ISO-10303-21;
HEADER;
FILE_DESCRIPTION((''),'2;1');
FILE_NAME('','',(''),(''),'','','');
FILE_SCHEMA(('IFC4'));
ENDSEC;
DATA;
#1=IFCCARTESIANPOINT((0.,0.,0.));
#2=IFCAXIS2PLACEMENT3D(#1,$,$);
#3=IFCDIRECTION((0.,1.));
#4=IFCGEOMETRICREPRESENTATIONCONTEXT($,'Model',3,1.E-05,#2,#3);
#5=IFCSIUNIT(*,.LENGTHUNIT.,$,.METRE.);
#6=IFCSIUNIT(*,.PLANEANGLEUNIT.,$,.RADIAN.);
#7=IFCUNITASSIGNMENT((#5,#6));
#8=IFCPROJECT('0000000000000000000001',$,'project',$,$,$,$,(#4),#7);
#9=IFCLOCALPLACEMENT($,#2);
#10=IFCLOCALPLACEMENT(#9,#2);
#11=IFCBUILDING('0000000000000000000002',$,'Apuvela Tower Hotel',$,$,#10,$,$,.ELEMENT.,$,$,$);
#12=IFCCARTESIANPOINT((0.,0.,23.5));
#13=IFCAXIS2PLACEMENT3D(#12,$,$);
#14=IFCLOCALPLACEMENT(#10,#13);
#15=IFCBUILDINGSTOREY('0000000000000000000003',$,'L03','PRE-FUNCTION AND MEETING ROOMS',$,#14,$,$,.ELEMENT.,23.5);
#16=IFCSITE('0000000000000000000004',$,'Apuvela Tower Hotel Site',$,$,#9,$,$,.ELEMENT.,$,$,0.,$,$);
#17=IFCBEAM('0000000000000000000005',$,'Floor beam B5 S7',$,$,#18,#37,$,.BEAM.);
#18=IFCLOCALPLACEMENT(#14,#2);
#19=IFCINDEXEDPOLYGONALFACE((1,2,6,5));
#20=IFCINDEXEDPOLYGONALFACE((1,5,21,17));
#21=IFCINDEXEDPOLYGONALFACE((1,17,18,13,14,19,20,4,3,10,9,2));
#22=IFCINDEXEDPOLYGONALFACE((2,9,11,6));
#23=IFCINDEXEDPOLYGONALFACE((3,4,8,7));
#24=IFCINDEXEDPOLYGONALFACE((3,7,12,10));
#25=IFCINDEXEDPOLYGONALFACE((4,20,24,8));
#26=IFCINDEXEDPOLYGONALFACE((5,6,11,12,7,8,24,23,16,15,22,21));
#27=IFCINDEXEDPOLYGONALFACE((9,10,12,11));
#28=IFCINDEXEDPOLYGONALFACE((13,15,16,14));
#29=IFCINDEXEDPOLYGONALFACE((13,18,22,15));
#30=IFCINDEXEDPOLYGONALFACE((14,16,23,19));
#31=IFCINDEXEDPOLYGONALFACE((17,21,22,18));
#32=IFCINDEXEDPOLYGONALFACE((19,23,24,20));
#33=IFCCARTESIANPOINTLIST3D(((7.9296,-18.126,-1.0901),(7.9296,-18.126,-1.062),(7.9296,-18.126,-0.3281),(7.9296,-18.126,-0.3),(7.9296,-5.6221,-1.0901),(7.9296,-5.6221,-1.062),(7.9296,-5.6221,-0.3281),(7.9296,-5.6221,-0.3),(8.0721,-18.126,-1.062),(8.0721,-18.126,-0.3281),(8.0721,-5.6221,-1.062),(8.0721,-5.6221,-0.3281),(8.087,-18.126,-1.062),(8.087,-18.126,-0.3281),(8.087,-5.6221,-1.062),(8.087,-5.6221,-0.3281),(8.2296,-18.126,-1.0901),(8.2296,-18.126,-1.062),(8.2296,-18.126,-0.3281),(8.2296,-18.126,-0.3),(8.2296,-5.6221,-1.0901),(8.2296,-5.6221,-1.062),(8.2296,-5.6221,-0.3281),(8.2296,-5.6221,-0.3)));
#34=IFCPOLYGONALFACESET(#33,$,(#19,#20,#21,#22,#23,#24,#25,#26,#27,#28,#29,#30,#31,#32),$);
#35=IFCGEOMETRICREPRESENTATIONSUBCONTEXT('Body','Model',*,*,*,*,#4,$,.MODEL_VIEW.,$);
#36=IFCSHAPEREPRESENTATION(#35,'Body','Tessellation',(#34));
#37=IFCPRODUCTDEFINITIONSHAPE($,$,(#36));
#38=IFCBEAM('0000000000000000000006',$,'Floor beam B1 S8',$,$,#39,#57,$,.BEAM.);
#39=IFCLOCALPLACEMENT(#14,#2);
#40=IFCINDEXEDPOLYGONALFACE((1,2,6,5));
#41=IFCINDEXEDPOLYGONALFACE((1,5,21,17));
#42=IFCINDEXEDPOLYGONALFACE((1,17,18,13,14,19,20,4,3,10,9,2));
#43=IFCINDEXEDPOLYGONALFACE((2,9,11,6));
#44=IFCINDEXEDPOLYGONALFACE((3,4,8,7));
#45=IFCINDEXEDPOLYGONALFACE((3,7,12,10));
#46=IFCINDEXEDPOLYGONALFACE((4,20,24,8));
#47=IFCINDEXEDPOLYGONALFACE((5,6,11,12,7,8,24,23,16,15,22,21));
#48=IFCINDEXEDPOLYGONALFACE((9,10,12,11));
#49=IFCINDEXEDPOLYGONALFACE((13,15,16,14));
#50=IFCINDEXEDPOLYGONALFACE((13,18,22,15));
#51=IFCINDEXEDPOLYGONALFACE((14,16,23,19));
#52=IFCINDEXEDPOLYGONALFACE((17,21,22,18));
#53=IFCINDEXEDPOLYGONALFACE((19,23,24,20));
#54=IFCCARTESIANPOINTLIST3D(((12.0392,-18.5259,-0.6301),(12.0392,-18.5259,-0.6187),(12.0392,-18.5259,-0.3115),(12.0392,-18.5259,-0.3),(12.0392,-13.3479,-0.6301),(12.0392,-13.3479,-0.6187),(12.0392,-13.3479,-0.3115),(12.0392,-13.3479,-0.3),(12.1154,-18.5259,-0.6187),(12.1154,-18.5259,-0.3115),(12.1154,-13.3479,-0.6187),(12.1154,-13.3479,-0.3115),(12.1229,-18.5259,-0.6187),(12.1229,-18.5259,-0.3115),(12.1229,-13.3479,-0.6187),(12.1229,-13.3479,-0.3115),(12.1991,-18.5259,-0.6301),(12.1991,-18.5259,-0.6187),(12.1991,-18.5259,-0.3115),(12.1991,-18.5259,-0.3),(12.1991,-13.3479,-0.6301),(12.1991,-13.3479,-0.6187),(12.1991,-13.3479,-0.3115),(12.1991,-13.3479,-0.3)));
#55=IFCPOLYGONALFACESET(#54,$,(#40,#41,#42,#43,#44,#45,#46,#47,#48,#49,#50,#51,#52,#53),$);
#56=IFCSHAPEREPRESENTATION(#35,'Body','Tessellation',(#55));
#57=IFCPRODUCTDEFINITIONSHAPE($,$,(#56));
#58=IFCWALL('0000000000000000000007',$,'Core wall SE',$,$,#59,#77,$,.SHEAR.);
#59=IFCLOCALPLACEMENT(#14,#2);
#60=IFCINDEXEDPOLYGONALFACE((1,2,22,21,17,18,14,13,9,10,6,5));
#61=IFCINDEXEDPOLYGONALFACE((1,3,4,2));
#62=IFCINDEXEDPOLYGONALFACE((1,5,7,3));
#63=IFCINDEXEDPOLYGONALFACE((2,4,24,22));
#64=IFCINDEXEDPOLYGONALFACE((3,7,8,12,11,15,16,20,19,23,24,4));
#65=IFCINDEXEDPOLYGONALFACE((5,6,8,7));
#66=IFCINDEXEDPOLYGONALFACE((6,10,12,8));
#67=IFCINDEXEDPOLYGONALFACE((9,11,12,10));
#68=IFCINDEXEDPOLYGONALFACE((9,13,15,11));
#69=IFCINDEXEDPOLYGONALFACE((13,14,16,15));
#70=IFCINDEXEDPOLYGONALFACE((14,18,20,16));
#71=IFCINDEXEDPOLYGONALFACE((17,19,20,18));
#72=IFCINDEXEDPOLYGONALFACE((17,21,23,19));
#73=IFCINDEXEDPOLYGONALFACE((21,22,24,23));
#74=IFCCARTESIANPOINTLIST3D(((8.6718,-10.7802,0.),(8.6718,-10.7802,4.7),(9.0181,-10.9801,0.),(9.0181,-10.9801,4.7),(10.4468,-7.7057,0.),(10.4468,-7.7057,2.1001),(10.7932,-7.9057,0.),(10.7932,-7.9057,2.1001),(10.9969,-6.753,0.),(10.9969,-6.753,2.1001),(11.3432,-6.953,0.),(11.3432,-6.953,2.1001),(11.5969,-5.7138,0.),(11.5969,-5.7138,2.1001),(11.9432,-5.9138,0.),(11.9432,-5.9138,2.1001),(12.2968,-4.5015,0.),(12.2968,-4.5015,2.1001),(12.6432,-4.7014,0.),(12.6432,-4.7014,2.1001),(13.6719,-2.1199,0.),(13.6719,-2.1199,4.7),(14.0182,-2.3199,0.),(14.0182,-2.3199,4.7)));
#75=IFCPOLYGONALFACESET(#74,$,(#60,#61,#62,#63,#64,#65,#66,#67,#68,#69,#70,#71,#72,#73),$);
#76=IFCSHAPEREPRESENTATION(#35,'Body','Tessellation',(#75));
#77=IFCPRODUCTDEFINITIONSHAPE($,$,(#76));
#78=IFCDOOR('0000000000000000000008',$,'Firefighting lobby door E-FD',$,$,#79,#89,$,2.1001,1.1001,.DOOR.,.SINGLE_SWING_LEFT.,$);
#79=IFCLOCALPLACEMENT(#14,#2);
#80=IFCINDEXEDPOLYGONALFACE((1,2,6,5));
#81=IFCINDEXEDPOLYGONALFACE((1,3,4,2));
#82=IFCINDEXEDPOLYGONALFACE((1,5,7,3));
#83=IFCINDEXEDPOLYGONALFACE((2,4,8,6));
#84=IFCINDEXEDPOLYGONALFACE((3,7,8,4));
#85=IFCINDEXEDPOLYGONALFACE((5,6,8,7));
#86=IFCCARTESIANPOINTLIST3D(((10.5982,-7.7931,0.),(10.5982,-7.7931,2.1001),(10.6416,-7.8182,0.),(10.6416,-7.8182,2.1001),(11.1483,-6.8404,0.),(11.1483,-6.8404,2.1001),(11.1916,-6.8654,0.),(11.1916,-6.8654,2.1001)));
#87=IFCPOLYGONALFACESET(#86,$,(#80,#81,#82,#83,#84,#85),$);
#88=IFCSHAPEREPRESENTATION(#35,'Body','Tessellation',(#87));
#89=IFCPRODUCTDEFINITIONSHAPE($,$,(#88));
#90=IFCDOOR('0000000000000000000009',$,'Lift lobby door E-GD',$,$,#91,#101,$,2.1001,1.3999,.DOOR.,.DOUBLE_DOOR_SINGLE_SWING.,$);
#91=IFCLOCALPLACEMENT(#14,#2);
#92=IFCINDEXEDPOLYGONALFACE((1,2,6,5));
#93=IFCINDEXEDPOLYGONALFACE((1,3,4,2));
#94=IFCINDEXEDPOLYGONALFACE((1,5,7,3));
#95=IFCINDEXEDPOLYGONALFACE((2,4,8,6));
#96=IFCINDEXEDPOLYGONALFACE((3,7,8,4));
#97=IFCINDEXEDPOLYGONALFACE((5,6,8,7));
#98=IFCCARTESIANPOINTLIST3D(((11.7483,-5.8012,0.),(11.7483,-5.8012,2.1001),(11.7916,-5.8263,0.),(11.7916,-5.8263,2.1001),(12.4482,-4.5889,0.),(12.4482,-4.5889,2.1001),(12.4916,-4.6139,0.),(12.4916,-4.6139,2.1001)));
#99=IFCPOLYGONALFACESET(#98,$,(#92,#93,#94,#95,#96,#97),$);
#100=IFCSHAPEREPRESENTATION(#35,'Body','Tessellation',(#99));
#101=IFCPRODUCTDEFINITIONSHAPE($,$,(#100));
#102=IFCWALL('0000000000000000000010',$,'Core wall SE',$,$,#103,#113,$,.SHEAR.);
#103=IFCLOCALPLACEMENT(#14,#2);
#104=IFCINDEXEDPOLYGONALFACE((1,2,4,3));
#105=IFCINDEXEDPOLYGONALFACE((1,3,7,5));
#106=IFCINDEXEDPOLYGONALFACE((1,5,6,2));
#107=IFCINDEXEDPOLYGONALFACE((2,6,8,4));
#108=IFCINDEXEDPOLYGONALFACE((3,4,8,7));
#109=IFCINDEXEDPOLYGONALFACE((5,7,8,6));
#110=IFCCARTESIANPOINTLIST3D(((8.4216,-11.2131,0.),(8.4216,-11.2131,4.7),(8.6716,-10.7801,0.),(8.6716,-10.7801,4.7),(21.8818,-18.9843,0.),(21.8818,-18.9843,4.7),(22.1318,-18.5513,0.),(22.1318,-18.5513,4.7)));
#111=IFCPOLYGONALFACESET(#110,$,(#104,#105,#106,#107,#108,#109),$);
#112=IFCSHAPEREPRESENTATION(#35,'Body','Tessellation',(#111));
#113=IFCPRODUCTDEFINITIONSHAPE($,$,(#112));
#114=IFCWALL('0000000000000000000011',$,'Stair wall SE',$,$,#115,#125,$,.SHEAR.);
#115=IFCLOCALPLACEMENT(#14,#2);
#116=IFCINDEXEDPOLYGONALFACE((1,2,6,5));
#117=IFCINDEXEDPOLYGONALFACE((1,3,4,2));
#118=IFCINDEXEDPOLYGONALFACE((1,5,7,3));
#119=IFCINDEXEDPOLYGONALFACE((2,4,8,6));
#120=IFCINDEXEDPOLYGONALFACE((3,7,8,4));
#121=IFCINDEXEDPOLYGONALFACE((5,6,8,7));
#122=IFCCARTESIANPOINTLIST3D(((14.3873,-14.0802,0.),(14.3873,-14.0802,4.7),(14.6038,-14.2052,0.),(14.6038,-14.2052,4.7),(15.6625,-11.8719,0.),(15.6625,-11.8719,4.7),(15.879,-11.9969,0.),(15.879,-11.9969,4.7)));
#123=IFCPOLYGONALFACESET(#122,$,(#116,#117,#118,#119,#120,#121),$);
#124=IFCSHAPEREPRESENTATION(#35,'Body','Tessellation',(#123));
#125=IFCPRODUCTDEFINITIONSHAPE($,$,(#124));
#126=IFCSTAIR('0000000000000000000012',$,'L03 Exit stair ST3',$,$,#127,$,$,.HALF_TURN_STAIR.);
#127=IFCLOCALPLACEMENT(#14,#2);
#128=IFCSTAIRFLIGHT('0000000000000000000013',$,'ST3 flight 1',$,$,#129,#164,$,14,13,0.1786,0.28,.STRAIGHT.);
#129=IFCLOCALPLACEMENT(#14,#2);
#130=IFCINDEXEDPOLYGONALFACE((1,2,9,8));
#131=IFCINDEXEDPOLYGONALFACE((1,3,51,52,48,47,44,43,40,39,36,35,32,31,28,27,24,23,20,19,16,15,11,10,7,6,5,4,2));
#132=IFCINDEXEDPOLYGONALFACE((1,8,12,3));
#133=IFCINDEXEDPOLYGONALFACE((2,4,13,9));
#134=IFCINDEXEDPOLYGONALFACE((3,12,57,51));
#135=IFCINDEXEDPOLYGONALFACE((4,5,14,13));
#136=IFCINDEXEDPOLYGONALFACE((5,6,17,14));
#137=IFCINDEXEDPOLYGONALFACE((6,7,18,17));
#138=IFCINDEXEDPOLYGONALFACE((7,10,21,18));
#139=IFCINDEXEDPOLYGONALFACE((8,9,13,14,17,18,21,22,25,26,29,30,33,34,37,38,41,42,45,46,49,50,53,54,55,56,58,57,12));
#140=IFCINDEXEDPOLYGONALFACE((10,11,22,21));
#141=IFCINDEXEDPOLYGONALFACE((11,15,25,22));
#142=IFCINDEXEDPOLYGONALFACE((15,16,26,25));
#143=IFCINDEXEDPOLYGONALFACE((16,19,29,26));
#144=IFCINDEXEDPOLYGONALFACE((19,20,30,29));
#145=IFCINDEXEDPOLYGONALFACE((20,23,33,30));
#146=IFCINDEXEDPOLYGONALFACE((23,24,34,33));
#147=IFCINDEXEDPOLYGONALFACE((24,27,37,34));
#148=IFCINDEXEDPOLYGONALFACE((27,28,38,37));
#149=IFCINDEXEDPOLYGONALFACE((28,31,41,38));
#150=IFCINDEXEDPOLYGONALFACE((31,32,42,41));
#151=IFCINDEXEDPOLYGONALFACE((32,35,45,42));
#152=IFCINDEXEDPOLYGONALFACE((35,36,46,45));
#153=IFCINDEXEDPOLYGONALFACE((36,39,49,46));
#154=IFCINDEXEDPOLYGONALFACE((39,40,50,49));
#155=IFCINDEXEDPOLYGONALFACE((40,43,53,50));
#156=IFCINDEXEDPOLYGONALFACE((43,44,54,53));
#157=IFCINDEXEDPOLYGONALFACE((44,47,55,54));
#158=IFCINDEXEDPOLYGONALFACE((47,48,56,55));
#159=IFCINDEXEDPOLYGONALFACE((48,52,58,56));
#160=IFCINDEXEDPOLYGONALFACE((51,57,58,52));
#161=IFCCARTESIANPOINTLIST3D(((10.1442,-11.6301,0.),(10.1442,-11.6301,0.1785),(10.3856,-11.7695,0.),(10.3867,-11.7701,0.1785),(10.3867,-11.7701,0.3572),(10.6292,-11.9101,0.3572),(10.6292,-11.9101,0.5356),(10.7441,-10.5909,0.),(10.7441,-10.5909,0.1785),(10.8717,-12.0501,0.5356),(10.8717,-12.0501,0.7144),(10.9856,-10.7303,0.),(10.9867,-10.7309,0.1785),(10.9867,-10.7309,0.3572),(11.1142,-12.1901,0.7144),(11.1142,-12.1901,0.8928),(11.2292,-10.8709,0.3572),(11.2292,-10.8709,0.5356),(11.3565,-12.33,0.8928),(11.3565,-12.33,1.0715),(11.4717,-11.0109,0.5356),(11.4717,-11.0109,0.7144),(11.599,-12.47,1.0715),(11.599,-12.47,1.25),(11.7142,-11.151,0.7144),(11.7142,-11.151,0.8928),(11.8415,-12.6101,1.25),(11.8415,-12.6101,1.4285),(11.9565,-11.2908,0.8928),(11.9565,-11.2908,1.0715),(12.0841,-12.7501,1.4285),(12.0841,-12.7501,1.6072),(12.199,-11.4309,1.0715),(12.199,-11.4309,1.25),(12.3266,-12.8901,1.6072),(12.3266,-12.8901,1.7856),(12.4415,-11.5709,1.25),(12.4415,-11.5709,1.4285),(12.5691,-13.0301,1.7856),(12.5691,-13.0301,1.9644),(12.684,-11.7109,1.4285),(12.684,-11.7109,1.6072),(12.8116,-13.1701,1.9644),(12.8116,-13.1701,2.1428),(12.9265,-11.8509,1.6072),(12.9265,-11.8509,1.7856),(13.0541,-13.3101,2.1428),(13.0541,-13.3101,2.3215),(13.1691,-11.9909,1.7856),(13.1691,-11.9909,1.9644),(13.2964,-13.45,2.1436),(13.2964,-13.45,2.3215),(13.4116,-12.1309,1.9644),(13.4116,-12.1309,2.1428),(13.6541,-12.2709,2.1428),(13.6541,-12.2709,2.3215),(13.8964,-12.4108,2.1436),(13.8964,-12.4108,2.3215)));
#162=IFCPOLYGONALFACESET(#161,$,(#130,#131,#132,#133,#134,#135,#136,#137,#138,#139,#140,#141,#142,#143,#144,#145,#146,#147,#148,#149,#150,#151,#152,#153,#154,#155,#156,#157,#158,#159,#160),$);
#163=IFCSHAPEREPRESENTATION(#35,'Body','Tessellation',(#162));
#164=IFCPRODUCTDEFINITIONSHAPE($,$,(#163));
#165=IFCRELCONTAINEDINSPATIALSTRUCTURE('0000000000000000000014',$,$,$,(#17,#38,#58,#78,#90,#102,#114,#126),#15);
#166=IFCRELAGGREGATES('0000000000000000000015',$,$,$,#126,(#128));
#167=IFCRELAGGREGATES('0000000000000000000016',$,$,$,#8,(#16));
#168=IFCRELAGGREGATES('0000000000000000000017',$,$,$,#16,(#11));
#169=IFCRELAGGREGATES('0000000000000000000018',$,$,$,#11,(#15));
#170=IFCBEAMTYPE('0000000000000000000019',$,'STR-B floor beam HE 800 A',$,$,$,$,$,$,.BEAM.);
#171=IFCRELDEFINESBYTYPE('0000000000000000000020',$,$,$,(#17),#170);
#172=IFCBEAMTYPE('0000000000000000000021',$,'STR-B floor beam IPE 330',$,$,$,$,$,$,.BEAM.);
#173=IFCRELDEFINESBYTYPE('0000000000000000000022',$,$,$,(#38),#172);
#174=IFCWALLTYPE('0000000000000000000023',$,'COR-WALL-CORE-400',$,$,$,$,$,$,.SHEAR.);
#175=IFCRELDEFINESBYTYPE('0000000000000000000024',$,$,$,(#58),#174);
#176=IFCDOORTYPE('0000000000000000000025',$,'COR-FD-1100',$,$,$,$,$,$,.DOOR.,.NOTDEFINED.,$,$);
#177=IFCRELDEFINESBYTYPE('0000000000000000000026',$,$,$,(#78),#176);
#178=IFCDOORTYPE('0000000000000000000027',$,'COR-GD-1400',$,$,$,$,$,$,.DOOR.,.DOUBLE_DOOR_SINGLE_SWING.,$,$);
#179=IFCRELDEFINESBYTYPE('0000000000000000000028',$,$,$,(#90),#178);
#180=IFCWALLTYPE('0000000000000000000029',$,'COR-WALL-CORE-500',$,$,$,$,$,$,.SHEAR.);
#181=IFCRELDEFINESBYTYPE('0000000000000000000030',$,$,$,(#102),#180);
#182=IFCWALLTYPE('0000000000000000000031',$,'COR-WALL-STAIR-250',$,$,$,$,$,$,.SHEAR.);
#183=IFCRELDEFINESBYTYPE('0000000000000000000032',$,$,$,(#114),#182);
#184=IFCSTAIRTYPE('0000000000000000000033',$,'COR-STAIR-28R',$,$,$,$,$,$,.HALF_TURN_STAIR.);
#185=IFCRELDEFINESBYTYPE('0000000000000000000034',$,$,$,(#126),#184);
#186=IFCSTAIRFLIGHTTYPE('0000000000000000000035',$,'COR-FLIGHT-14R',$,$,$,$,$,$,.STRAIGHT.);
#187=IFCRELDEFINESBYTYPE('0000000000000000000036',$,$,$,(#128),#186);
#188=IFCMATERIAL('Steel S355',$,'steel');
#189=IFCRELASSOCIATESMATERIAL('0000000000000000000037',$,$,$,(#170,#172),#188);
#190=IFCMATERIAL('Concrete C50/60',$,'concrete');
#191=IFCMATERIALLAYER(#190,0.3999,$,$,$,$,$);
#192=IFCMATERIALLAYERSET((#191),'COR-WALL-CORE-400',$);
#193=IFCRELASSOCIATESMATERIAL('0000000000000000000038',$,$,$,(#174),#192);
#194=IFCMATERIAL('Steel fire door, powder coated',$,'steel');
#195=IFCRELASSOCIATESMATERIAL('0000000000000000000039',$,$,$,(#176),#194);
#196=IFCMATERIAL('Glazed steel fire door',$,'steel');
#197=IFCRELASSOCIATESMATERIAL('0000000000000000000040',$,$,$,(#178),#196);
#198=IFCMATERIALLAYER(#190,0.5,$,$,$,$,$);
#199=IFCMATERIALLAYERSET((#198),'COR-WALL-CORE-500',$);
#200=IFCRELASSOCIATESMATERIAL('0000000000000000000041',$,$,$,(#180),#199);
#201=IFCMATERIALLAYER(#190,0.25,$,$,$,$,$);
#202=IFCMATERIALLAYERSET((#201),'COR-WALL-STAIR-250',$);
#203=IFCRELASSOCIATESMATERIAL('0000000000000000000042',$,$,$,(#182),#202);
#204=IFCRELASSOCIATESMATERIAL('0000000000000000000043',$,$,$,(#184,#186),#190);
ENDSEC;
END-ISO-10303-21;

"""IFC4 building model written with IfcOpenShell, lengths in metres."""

from ifc_helpers import new_model, si_unit, direction, frame, frame_2d, origin, origin_2d, place, context, subcontext, project, spatial, polyline, rectangle, i_section, outline, extrude, material, layer, layer_set, material_profile, profile_set, type_object, element, fill, aggregate, save


model = new_model("IFC4")

# Units and contexts
model_context = context("Model", 3, precision=1e-05, world=origin(), true_north=direction((0.0, 1.0)))
body_context = subcontext(model_context, "Body", "Model", "MODEL_VIEW")
ifc_project = project(units=[si_unit("LENGTHUNIT", "METRE"), si_unit("PLANEANGLEUNIT", "RADIAN")], contexts=[model_context])

# Site, building, storey
site_placement = place(None, origin())
site = spatial("IfcSite", under=ifc_project, at=site_placement, Name="Apuvela Tower Hotel Site", CompositionType="ELEMENT", RefElevation=0.0)
building_placement = place(site_placement, origin())
building = spatial("IfcBuilding", under=site, at=building_placement, Name="Apuvela Tower Hotel", CompositionType="ELEMENT")
storey_placement = place(building_placement, frame((0.0, 0.0, 23.5)))
storey = spatial("IfcBuildingStorey", under=building, at=storey_placement, Name="L03", Description="PRE-FUNCTION AND MEETING ROOMS", CompositionType="ELEMENT", Elevation=23.5)

# Beams
ifc_material_1 = material(Name="Steel S355", Category="steel")
ifc_material_profile_1 = material_profile(ifc_material_1, i_section(OverallWidth=0.3, OverallDepth=0.79, WebThickness=0.0149, FlangeThickness=0.0281, at=origin_2d()), Name="HE 800 A")
ifc_profile_set_1 = profile_set([ifc_material_profile_1], Name="Steel S355")
beam_type_1 = type_object("IfcBeamType", Name="STR-B floor beam HE 800 A", PredefinedType="BEAM", material=ifc_profile_set_1)
beam_1_placement = place(storey_placement, frame((8.0796, -18.126, -0.6951), z_axis=(0.0, 1.0, 0.0), x_axis=(-1.0, 0.0, 0.0)))
element("IfcBeam", 1, at=beam_1_placement, inside=storey, type_object=beam_type_1, Name="Floor beam B5 S7", PredefinedType="BEAM", context=body_context, shape_type="SweptSolid", body=[
    extrude(i_section(OverallWidth=0.3, OverallDepth=0.79, WebThickness=0.0149, FlangeThickness=0.0281, at=origin_2d()), origin(), (0.0, 0.0, 1.0), 12.5039),
])
ifc_material_profile_2 = material_profile(ifc_material_1, i_section(OverallWidth=0.1599, OverallDepth=0.3301, WebThickness=0.0076, FlangeThickness=0.0115, at=origin_2d()), Name="IPE 330")
ifc_profile_set_2 = profile_set([ifc_material_profile_2], Name="Steel S355")
beam_type_2 = type_object("IfcBeamType", Name="STR-B floor beam IPE 330", PredefinedType="BEAM", material=ifc_profile_set_2)
beam_2_placement = place(storey_placement, frame((12.1191, -18.5259, -0.4651), z_axis=(0.0, 1.0, 0.0), x_axis=(-1.0, 0.0, 0.0)))
element("IfcBeam", 2, at=beam_2_placement, inside=storey, type_object=beam_type_2, Name="Floor beam B1 S8", PredefinedType="BEAM", context=body_context, shape_type="SweptSolid", body=[
    extrude(i_section(OverallWidth=0.1599, OverallDepth=0.3301, WebThickness=0.0076, FlangeThickness=0.0115, at=origin_2d()), origin(), (0.0, 0.0, 1.0), 5.178),
])

# Wall, openings, doors
ifc_material_2 = material(Name="Concrete C50/60", Category="concrete")
ifc_layer_1 = layer(ifc_material_2, 0.3999)
ifc_layer_set_1 = layer_set([ifc_layer_1], Name="COR-WALL-CORE-400")
wall_type_1 = type_object("IfcWallType", Name="COR-WALL-CORE-400", PredefinedType="SHEAR", material=ifc_layer_set_1)
wall_1_placement = place(storey_placement, frame((8.845, -10.8801, 0.0), z_axis=(0.0, 0.0, 1.0), x_axis=(0.500004, 0.866023, 0.0)))
wall_1 = element("IfcWall", 3, at=wall_1_placement, inside=storey, type_object=wall_type_1, Name="Core wall SE", PredefinedType="SHEAR", context=body_context, shape_type="SweptSolid", body=[
    extrude(rectangle(XDim=10.0, YDim=0.3999, at=frame_2d((5.0, 0.0))), origin(), (0.0, 0.0, 1.0), 4.7),
])
opening_1_placement = place(wall_1_placement, frame((3.55, 0.0, 0.0)))
opening_1 = element("IfcOpeningElement", 4, at=opening_1_placement, cuts=wall_1, PredefinedType="OPENING", context=body_context, shape_type="SweptSolid", body=[
    extrude(rectangle(XDim=1.1001, YDim=2.1001, at=frame_2d((0.55, 1.05))), frame((0.0, 0.21, 0.0), z_axis=(0.0, -1.0, 0.0), x_axis=(1.0, 0.0, 0.0)), (0.0, 0.0, 1.0), 0.4199),
])
opening_2_placement = place(wall_1_placement, frame((5.8501, 0.0, 0.0)))
opening_2 = element("IfcOpeningElement", 5, at=opening_2_placement, cuts=wall_1, PredefinedType="OPENING", context=body_context, shape_type="SweptSolid", body=[
    extrude(rectangle(XDim=1.3999, YDim=2.1001, at=frame_2d((0.7, 1.05))), frame((0.0, 0.21, 0.0), z_axis=(0.0, -1.0, 0.0), x_axis=(1.0, 0.0, 0.0)), (0.0, 0.0, 1.0), 0.4199),
])
ifc_material_3 = material(Name="Steel fire door, powder coated", Category="steel")
door_type_1 = type_object("IfcDoorType", Name="COR-FD-1100", OperationType="NOTDEFINED", PredefinedType="DOOR", material=ifc_material_3)
door_1_placement = place(opening_1_placement, frame((1.1001, 0.0, 0.0), z_axis=(0.0, 0.0, 1.0), x_axis=(-1.0, 0.0, 0.0)))
door_1 = element("IfcDoor", 6, at=door_1_placement, inside=storey, type_object=door_type_1, Name="Firefighting lobby door E-FD", OperationType="SINGLE_SWING_LEFT", OverallHeight=2.1001, OverallWidth=1.1001, PredefinedType="DOOR", context=body_context, shape_type="SweptSolid", body=[
    extrude(rectangle(XDim=1.1001, YDim=2.1001, at=frame_2d((0.55, 1.05))), frame((0.0, 0.0249, 0.0), z_axis=(0.0, -1.0, 0.0), x_axis=(1.0, 0.0, 0.0)), (0.0, 0.0, 1.0), 0.05),
])
fill(opening_1, door_1)
ifc_material_4 = material(Name="Glazed steel fire door", Category="steel")
door_type_2 = type_object("IfcDoorType", Name="COR-GD-1400", OperationType="DOUBLE_DOOR_SINGLE_SWING", PredefinedType="DOOR", material=ifc_material_4)
door_2_placement = place(opening_2_placement, frame((1.3999, 0.0, 0.0), z_axis=(0.0, 0.0, 1.0), x_axis=(-1.0, 0.0, 0.0)))
door_2 = element("IfcDoor", 7, at=door_2_placement, inside=storey, type_object=door_type_2, Name="Lift lobby door E-GD", OperationType="DOUBLE_DOOR_SINGLE_SWING", OverallHeight=2.1001, OverallWidth=1.3999, PredefinedType="DOOR", context=body_context, shape_type="SweptSolid", body=[
    extrude(rectangle(XDim=1.3999, YDim=2.1001, at=frame_2d((0.7, 1.05))), frame((0.0, 0.0249, 0.0), z_axis=(0.0, -1.0, 0.0), x_axis=(1.0, 0.0, 0.0)), (0.0, 0.0, 1.0), 0.05),
])
fill(opening_2, door_2)

# Walls
ifc_layer_2 = layer(ifc_material_2, 0.5)
ifc_layer_set_2 = layer_set([ifc_layer_2], Name="COR-WALL-CORE-500")
wall_type_2 = type_object("IfcWallType", Name="COR-WALL-CORE-500", PredefinedType="SHEAR", material=ifc_layer_set_2)
wall_2_placement = place(storey_placement, frame((8.5466, -10.9966, 0.0), z_axis=(0.0, 0.0, 1.0), x_axis=(0.866026, -0.499999, 0.0)))
element("IfcWall", 8, at=wall_2_placement, inside=storey, type_object=wall_type_2, Name="Core wall SE", PredefinedType="SHEAR", context=body_context, shape_type="SweptSolid", body=[
    extrude(rectangle(XDim=15.5425, YDim=0.5, at=frame_2d((7.7712, 0.0))), origin(), (0.0, 0.0, 1.0), 4.7),
])
ifc_layer_3 = layer(ifc_material_2, 0.25)
ifc_layer_set_3 = layer_set([ifc_layer_3], Name="COR-WALL-STAIR-250")
wall_type_3 = type_object("IfcWallType", Name="COR-WALL-STAIR-250", PredefinedType="SHEAR", material=ifc_layer_set_3)
wall_3_placement = place(storey_placement, frame((14.4956, -14.1426, 0.0), z_axis=(0.0, 0.0, 1.0), x_axis=(0.500062, 0.865989, 0.0)))
element("IfcWall", 9, at=wall_3_placement, inside=storey, type_object=wall_type_3, Name="Stair wall SE", PredefinedType="SHEAR", context=body_context, shape_type="SweptSolid", body=[
    extrude(rectangle(XDim=2.55, YDim=0.25, at=frame_2d((1.2749, 0.0))), origin(), (0.0, 0.0, 1.0), 4.7),
])

# Stair, stair flight
stair_type = type_object("IfcStairType", Name="COR-STAIR-28R", PredefinedType="HALF_TURN_STAIR", material=ifc_material_2)
stair_placement = place(storey_placement, origin())
stair = element("IfcStair", 10, at=stair_placement, inside=storey, type_object=stair_type, Name="L03 Exit stair ST3", PredefinedType="HALF_TURN_STAIR")
stair_flight_type = type_object("IfcStairFlightType", Name="COR-FLIGHT-14R", PredefinedType="STRAIGHT", material=ifc_material_2)
stair_flight_1_placement = place(storey_placement, frame((10.4441, -11.1106, 0.0), z_axis=(0.0, 0.0, 1.0), x_axis=(0.866025, -0.5, 0.0)))
stair_flight_1 = element("IfcStairFlight", 11, at=stair_flight_1_placement, type_object=stair_flight_type, Name="ST3 flight 1", NumberOfRisers=14, NumberOfTreads=13, PredefinedType="STRAIGHT", RiserHeight=0.1786, TreadLength=0.28, context=body_context, shape_type="SweptSolid", body=[
    extrude(outline(polyline([(0.0, 0.0), (0.0, 0.1785), (0.28, 0.1785), (0.28, 0.3572), (0.5601, 0.3572), (0.5601, 0.5356), (0.8401, 0.5356), (0.8401, 0.7144), (1.1201, 0.7144), (1.1201, 0.8928), (1.3999, 0.8928), (1.3999, 1.0715), (1.6799, 1.0715), (1.6799, 1.25), (1.96, 1.25), (1.96, 1.4285), (2.24, 1.4285), (2.24, 1.6072), (2.52, 1.6072), (2.52, 1.7856), (2.8, 1.7856), (2.8, 1.9644), (3.0801, 1.9644), (3.0801, 2.1428), (3.3601, 2.1428), (3.3601, 2.3215), (3.6399, 2.3215), (3.6399, 2.5), (3.6399, 2.1436), (0.2788, 0.0), (0.0, 0.0)])), frame((0.0, 0.6001, 0.0), z_axis=(0.0, -1.0, 0.0), x_axis=(1.0, 0.0, 0.0)), (0.0, 0.0, 1.0), 1.2),
])
aggregate(stair, [stair_flight_1])

save(model, "model.ifc")
